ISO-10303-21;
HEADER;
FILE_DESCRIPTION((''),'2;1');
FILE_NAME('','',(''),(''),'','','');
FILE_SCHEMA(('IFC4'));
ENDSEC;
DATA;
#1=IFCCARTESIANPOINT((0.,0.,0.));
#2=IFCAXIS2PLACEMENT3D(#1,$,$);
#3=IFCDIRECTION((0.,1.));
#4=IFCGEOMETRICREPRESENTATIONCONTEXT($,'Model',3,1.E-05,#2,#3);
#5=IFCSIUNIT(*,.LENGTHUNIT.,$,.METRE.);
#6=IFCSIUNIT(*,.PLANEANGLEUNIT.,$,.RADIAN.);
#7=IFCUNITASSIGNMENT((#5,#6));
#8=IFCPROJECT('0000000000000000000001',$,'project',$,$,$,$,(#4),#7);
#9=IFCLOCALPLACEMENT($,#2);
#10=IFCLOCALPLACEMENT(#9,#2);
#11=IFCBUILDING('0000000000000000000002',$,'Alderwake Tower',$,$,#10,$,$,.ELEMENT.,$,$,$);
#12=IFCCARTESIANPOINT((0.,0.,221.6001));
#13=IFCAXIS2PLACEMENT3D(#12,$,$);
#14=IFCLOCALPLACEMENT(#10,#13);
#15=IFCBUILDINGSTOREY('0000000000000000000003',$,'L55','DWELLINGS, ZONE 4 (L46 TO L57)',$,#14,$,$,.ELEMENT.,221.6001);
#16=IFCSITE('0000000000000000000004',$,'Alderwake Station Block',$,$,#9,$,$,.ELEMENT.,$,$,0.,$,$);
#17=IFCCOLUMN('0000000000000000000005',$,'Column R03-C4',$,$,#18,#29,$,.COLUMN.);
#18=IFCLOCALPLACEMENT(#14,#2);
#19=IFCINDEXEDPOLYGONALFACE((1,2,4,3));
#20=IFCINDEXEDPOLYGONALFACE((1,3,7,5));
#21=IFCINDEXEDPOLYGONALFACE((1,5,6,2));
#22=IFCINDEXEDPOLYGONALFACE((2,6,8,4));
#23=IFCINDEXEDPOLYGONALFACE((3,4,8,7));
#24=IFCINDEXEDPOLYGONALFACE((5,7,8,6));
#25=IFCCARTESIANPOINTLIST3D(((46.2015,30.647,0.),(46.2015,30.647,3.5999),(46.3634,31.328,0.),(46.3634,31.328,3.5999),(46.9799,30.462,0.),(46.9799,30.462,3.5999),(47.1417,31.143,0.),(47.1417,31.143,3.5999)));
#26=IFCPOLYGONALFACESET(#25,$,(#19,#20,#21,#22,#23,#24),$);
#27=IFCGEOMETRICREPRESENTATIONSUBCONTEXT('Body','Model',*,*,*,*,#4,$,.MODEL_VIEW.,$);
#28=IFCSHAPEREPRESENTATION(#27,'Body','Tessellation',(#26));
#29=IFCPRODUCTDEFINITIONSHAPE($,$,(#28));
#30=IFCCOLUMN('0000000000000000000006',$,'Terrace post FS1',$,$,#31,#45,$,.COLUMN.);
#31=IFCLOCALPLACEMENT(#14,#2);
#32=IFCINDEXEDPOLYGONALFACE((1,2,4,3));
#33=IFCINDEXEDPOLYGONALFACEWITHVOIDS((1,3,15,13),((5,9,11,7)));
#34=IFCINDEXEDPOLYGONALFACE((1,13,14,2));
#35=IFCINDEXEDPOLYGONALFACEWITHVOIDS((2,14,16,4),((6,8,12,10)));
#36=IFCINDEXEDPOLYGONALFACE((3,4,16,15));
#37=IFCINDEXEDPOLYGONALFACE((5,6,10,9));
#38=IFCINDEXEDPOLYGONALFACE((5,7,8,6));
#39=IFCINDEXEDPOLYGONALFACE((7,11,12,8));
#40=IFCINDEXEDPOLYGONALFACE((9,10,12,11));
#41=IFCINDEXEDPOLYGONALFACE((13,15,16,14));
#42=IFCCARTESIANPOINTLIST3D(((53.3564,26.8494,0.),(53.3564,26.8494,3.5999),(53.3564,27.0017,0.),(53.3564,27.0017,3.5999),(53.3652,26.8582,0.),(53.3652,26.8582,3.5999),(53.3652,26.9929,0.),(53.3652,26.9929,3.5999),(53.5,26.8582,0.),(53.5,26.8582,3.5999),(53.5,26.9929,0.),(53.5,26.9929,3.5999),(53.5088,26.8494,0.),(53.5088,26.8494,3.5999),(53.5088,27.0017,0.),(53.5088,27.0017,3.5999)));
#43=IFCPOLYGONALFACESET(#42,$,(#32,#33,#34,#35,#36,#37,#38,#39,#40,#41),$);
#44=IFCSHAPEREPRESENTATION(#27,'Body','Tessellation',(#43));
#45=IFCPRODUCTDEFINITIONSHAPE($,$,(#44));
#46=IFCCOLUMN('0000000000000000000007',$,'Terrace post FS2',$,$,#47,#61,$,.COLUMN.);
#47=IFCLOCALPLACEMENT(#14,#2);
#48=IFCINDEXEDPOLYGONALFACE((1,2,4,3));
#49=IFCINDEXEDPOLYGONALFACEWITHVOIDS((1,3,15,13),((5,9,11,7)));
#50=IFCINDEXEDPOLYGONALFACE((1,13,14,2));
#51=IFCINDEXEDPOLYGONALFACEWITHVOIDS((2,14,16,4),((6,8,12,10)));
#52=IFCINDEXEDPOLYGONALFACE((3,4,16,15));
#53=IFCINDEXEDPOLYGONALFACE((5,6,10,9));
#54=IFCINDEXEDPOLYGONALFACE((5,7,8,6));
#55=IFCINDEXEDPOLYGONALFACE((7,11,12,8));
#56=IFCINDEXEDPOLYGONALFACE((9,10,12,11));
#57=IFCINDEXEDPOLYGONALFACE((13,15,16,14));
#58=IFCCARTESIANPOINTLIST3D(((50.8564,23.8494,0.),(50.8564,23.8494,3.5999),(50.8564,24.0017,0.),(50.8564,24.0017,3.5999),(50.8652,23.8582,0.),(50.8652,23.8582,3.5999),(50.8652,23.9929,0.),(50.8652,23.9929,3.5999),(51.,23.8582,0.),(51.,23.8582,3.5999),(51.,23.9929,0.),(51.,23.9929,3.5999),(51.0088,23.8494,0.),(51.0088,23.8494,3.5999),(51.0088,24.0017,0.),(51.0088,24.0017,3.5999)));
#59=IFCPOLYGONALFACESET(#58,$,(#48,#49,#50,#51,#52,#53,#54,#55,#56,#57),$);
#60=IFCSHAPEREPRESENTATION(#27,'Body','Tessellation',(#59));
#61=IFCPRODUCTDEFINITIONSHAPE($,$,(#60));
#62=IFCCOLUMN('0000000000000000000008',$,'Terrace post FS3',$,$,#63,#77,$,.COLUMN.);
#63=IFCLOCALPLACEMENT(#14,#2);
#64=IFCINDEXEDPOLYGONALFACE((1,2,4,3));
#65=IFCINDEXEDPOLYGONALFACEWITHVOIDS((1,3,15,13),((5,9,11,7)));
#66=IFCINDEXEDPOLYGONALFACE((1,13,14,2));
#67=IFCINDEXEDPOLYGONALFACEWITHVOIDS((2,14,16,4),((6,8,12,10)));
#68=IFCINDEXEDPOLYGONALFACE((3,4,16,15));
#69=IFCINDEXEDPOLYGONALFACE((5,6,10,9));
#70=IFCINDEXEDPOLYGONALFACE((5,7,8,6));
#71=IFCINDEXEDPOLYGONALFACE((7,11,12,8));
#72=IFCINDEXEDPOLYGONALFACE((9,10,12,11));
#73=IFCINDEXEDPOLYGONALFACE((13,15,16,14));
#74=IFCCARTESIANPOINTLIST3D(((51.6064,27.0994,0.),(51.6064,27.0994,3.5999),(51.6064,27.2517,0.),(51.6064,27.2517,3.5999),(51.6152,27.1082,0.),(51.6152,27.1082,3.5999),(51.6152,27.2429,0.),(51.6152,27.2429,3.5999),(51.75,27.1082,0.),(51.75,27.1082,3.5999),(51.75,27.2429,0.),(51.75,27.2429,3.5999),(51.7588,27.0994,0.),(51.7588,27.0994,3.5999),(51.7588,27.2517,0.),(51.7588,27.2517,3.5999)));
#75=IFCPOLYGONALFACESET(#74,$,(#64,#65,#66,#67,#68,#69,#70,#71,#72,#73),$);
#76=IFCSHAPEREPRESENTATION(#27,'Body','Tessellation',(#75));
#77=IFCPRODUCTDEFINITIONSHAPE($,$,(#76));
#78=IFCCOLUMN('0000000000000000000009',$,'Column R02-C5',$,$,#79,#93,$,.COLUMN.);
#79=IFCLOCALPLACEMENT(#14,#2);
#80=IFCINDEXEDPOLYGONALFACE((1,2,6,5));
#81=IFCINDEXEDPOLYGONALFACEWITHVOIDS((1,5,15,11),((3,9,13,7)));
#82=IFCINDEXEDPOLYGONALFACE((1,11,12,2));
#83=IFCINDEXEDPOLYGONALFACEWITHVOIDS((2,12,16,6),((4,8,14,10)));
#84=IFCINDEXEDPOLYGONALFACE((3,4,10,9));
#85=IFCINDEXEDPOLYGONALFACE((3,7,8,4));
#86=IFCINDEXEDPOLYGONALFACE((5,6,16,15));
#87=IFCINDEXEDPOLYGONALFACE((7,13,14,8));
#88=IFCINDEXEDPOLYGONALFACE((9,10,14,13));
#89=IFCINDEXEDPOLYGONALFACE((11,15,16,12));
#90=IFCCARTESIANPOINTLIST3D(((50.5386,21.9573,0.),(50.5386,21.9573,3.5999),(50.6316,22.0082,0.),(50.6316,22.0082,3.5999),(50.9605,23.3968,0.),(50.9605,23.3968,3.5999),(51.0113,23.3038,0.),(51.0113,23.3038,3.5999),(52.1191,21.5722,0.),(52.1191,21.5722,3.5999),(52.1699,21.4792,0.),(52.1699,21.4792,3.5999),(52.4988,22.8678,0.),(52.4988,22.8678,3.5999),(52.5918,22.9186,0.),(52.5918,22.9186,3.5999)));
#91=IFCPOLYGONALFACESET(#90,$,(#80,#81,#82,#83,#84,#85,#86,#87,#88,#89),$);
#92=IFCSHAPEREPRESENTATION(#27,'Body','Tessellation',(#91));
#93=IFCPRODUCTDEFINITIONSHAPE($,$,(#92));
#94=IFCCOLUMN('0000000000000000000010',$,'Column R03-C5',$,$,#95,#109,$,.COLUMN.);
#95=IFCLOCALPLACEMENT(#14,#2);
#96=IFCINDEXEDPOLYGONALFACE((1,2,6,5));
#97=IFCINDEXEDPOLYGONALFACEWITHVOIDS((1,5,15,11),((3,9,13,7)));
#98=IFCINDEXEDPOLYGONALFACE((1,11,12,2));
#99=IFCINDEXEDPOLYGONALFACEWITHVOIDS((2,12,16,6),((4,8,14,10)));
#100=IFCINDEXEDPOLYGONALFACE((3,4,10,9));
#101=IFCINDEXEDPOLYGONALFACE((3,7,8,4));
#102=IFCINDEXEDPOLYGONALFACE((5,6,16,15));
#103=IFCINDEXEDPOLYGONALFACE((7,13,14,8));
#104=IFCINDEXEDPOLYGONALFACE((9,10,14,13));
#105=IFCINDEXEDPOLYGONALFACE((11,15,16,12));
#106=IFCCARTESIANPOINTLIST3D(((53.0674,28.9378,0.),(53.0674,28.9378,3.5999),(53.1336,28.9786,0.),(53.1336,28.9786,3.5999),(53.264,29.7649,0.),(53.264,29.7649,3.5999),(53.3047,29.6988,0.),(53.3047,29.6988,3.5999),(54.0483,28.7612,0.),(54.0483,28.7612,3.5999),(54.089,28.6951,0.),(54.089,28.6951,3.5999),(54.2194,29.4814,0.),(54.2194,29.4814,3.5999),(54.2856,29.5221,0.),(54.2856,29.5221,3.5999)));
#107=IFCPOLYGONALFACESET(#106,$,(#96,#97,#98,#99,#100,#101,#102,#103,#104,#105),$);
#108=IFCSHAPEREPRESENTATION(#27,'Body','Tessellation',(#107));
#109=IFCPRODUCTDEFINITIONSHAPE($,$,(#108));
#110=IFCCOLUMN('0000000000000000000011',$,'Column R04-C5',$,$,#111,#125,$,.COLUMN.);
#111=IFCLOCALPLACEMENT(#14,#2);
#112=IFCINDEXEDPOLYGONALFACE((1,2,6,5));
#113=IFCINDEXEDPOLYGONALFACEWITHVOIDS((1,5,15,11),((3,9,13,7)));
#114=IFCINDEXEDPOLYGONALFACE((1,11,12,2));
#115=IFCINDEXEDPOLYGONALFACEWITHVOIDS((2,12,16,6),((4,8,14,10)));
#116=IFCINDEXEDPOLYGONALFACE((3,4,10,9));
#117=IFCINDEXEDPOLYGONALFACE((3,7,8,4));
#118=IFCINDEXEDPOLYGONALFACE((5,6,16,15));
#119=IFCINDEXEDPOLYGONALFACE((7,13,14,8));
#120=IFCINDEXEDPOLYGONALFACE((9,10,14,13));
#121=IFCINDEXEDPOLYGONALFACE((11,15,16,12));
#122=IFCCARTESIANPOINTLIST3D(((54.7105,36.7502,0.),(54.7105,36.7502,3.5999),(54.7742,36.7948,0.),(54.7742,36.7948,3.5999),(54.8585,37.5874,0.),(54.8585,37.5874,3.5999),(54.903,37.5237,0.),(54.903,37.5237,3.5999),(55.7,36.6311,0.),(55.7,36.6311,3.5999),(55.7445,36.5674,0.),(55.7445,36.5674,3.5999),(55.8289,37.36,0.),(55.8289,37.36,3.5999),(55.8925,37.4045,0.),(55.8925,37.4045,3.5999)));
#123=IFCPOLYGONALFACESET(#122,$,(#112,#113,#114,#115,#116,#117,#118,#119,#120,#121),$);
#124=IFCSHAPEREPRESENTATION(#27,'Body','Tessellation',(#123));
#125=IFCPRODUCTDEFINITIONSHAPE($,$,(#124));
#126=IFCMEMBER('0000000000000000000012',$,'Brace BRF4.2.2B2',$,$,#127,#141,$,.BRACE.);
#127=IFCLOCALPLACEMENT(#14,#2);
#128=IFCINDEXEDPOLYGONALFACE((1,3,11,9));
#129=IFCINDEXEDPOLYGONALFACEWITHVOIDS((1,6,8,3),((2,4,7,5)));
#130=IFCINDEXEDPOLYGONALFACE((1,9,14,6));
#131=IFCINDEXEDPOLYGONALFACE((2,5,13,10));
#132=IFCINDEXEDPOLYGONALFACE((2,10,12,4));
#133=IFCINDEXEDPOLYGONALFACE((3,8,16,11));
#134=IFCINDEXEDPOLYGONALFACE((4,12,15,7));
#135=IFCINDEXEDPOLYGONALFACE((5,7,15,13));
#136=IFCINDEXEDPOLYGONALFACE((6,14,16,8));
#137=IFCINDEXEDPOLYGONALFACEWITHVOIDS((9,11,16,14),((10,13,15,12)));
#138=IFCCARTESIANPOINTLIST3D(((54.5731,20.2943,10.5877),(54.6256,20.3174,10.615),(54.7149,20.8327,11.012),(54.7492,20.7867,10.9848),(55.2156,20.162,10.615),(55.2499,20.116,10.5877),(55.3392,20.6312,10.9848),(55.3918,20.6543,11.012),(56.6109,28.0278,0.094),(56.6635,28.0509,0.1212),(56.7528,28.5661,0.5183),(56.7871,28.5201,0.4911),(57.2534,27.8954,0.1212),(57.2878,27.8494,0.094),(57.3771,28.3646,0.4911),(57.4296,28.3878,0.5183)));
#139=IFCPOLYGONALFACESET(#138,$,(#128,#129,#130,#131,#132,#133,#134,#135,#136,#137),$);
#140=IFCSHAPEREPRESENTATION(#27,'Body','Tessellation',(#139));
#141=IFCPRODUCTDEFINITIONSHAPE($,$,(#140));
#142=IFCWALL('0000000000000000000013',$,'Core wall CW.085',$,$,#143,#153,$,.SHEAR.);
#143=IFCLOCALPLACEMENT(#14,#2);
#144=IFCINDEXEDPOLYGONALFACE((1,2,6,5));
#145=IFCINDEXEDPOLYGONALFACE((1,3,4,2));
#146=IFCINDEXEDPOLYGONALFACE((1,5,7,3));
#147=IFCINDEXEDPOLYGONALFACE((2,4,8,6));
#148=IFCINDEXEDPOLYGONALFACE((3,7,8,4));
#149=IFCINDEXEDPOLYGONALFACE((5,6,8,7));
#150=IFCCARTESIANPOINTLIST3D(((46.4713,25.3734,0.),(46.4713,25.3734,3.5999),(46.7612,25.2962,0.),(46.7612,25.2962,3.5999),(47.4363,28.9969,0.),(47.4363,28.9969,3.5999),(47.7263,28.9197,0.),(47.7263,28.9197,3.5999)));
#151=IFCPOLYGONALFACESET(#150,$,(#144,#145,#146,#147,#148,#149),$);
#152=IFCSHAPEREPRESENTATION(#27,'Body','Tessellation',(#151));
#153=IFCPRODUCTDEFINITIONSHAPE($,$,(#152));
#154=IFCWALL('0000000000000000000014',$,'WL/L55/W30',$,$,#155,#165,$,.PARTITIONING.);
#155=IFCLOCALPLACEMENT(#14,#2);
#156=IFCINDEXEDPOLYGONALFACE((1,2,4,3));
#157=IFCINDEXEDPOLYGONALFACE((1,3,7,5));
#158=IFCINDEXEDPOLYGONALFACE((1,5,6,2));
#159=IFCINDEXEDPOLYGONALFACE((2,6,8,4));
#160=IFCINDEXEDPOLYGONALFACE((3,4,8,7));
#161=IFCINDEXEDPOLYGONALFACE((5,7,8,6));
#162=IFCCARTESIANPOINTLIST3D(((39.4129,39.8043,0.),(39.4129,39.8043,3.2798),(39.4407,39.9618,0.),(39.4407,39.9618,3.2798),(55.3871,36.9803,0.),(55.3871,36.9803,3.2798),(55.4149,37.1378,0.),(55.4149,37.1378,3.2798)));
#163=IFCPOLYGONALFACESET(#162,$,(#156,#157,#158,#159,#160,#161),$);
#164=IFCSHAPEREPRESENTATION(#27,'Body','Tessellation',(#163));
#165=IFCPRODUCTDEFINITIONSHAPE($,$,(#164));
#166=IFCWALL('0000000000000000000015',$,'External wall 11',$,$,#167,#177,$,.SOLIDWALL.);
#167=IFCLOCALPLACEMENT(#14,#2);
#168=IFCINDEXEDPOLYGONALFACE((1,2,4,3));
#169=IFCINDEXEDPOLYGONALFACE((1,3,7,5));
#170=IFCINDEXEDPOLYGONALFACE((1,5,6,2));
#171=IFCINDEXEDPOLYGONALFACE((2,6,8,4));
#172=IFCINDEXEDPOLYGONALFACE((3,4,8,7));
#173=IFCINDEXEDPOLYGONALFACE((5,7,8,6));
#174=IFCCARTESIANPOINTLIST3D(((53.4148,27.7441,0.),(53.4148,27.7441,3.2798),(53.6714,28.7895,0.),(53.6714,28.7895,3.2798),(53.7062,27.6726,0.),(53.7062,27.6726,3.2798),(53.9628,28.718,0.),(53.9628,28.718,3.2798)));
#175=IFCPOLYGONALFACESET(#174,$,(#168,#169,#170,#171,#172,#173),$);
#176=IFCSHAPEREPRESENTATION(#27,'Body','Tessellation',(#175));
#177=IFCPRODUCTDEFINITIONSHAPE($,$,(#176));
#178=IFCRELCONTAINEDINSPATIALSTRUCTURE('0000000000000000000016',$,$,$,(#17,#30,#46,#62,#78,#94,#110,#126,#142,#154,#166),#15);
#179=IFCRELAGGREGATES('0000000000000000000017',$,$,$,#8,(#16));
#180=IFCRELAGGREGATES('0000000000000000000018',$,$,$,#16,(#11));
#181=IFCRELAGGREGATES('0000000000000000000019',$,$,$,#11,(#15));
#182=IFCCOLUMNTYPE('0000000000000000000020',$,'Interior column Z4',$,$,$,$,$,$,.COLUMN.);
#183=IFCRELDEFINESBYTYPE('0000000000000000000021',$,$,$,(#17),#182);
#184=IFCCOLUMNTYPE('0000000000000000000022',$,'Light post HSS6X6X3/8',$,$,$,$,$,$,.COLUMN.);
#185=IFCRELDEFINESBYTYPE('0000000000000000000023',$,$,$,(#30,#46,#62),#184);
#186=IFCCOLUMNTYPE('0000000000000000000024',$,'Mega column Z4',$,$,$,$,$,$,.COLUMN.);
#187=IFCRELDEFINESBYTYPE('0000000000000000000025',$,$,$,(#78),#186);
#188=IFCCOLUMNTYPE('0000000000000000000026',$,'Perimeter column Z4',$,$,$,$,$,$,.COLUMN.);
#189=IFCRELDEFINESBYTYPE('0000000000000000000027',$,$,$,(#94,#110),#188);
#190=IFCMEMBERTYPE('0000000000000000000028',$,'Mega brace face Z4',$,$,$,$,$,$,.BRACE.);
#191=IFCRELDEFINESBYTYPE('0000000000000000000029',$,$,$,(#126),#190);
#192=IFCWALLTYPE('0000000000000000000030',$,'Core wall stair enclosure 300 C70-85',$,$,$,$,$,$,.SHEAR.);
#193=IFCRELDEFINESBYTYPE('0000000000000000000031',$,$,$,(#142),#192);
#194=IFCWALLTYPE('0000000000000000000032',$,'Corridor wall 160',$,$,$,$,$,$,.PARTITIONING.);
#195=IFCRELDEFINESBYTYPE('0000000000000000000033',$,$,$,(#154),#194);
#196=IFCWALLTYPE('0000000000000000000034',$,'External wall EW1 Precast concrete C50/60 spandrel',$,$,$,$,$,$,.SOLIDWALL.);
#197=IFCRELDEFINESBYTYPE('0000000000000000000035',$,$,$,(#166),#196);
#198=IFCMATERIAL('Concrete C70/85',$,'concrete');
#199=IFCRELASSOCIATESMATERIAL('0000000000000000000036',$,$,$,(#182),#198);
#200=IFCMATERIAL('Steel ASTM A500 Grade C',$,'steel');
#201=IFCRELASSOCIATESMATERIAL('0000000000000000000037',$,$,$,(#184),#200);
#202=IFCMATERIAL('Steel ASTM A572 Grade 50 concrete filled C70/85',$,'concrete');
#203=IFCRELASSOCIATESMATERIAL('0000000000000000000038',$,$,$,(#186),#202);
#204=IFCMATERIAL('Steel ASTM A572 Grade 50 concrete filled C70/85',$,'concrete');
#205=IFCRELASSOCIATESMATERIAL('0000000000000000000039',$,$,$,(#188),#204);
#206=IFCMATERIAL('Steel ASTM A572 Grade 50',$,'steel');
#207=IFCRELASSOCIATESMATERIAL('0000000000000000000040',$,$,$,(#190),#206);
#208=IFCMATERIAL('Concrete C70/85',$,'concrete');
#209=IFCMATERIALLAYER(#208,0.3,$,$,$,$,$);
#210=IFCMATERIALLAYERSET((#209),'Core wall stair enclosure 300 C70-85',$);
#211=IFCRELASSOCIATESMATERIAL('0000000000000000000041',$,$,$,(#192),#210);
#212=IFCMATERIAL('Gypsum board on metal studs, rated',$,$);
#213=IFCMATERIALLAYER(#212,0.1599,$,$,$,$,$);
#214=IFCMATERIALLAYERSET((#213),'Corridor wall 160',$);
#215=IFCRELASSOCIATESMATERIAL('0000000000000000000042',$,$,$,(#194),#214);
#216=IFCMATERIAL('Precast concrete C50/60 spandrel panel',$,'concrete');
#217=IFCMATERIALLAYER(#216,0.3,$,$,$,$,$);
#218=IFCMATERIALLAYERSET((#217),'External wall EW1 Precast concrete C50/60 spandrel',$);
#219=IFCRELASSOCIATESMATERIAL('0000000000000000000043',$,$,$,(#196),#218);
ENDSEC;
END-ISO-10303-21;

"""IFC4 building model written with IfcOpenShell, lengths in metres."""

from ifc_helpers import new_model, si_unit, direction, frame, frame_2d, origin, origin_2d, place, context, subcontext, project, spatial, rectangle, hollow_rectangle, extrude, material, layer, layer_set, material_profile, profile_set, type_object, element, save


model = new_model("IFC4")

# Units and contexts
model_context = context("Model", 3, precision=1e-05, world=origin(), true_north=direction((0.0, 1.0)))
body_context = subcontext(model_context, "Body", "Model", "MODEL_VIEW")
ifc_project = project(units=[si_unit("LENGTHUNIT", "METRE"), si_unit("PLANEANGLEUNIT", "RADIAN")], contexts=[model_context])

# Site, building, storey
site_placement = place(None, origin())
site = spatial("IfcSite", under=ifc_project, at=site_placement, Name="Alderwake Station Block", CompositionType="ELEMENT", RefElevation=0.0)
building_placement = place(site_placement, origin())
building = spatial("IfcBuilding", under=site, at=building_placement, Name="Alderwake Tower", CompositionType="ELEMENT")
storey_placement = place(building_placement, frame((0.0, 0.0, 221.6001)))
storey = spatial("IfcBuildingStorey", under=building, at=storey_placement, Name="L55", Description="DWELLINGS, ZONE 4 (L46 TO L57)", CompositionType="ELEMENT", Elevation=221.6001)

# Columns
ifc_material_1 = material(Name="Concrete C70/85", Category="concrete")
ifc_material_profile_1 = material_profile(ifc_material_1, rectangle(XDim=0.7, YDim=0.8, at=origin_2d()), Name="RC 800X700")
ifc_profile_set_1 = profile_set([ifc_material_profile_1], Name="Concrete C70/85")
column_type_1 = type_object("IfcColumnType", Name="Interior column Z4", PredefinedType="COLUMN", material=ifc_profile_set_1)
column_1_placement = place(storey_placement, frame((46.6716, 30.895, 0.0), z_axis=(0.0, 0.0, 1.0), x_axis=(0.231222, 0.972901, 0.0)))
element("IfcColumn", 1, at=column_1_placement, inside=storey, type_object=column_type_1, Name="Column R03-C4", PredefinedType="COLUMN", context=body_context, shape_type="SweptSolid", body=[
    extrude(rectangle(XDim=0.7, YDim=0.8, at=origin_2d()), origin(), (0.0, 0.0, 1.0), 3.5999),
])
ifc_material_2 = material(Name="Steel ASTM A500 Grade C", Category="steel")
ifc_material_profile_2 = material_profile(ifc_material_2, hollow_rectangle(XDim=0.1523, YDim=0.1523, WallThickness=0.0088, at=origin_2d()), Name="HSS6X6X3/8")
ifc_profile_set_2 = profile_set([ifc_material_profile_2], Name="Steel ASTM A500 Grade C")
column_type_2 = type_object("IfcColumnType", Name="Light post HSS6X6X3/8", PredefinedType="COLUMN", material=ifc_profile_set_2)
for number, where, z_axis, x_axis, name in (
    (2, (53.4326, 26.9255, 0.0), (0.0, 0.0, 1.0), (1.0, 0.0, 0.0), "Terrace post FS1"),
    (3, (50.9326, 23.9255, 0.0), (0.0, 0.0, 1.0), (1.0, 0.0, 0.0), "Terrace post FS2"),
    (4, (51.6826, 27.1755, 0.0), (0.0, 0.0, 1.0), (1.0, 0.0, 0.0), "Terrace post FS3"),
):
    element("IfcColumn", number, at=place(storey_placement, frame(where, z_axis=z_axis, x_axis=x_axis)), inside=storey, type_object=column_type_2, Name=name, PredefinedType="COLUMN", context=body_context, shape_type="SweptSolid", body=[
        extrude(hollow_rectangle(XDim=0.1523, YDim=0.1523, WallThickness=0.0088, at=origin_2d()), origin(), (0.0, 0.0, 1.0), 3.5999),
    ])
ifc_material_3 = material(Name="Steel ASTM A572 Grade 50 concrete filled C70/85", Category="concrete")
ifc_material_profile_3 = material_profile(ifc_material_3, hollow_rectangle(XDim=1.5, YDim=1.7, WallThickness=0.075, at=origin_2d()), Name="BOX 1700X1500X75")
ifc_profile_set_3 = profile_set([ifc_material_profile_3], Name="Steel ASTM A572 Grade 50 concrete filled C70/85")
column_type_3 = type_object("IfcColumnType", Name="Mega column Z4", PredefinedType="COLUMN", material=ifc_profile_set_3)
column_2_placement = place(storey_placement, frame((51.5652, 22.438, 0.0), z_axis=(0.0, 0.0, 1.0), x_axis=(0.28127, 0.959629, 0.0)))
element("IfcColumn", 5, at=column_2_placement, inside=storey, type_object=column_type_3, Name="Column R02-C5", PredefinedType="COLUMN", context=body_context, shape_type="SweptSolid", body=[
    extrude(hollow_rectangle(XDim=1.5, YDim=1.7, WallThickness=0.075, at=origin_2d()), origin(), (0.0, 0.0, 1.0), 3.5999),
])
ifc_material_4 = material(Name="Steel ASTM A572 Grade 50 concrete filled C70/85", Category="concrete")
ifc_material_profile_4 = material_profile(ifc_material_4, hollow_rectangle(XDim=0.8501, YDim=1.05, WallThickness=0.0549, at=origin_2d()), Name="BOX 1050X850X55")
ifc_profile_set_4 = profile_set([ifc_material_profile_4], Name="Steel ASTM A572 Grade 50 concrete filled C70/85")
column_type_4 = type_object("IfcColumnType", Name="Perimeter column Z4", PredefinedType="COLUMN", material=ifc_profile_set_4)
for number, where, z_axis, x_axis, name in (
    (6, (53.6765, 29.23, 0.0), (0.0, 0.0, 1.0), (0.231222, 0.972901, 0.0), "Column R03-C5"),
    (7, (55.3015, 37.0774, 0.0), (0.0, 0.0, 1.0), (0.174109, 0.984726, 0.0), "Column R04-C5"),
):
    element("IfcColumn", number, at=place(storey_placement, frame(where, z_axis=z_axis, x_axis=x_axis)), inside=storey, type_object=column_type_4, Name=name, PredefinedType="COLUMN", context=body_context, shape_type="SweptSolid", body=[
        extrude(hollow_rectangle(XDim=0.8501, YDim=1.05, WallThickness=0.0549, at=origin_2d()), origin(), (0.0, 0.0, 1.0), 3.5999),
    ])

# Member
ifc_material_5 = material(Name="Steel ASTM A572 Grade 50", Category="steel")
ifc_material_profile_5 = material_profile(ifc_material_5, hollow_rectangle(XDim=0.7, YDim=0.7, WallThickness=0.0449, at=origin_2d()), Name="BOX 700X700X45")
ifc_profile_set_5 = profile_set([ifc_material_profile_5], Name="Steel ASTM A572 Grade 50")
member_type = type_object("IfcMemberType", Name="Mega brace face Z4", PredefinedType="BRACE", material=ifc_profile_set_5)
member_placement = place(storey_placement, frame((57.0203, 28.2078, 0.3062), z_axis=(-0.154455, -0.586141, 0.79535), x_axis=(0.96699, -0.254813, 0.0)))
element("IfcMember", 8, at=member_placement, inside=storey, type_object=member_type, Name="Brace BRF4.2.2B2", PredefinedType="BRACE", context=body_context, shape_type="SweptSolid", body=[
    extrude(hollow_rectangle(XDim=0.7, YDim=0.7, WallThickness=0.0449, at=origin_2d()), origin(), (0.0, 0.0, 1.0), 13.1938),
])

# Walls
ifc_material_6 = material(Name="Concrete C70/85", Category="concrete")
ifc_layer_1 = layer(ifc_material_6, 0.3)
ifc_layer_set_1 = layer_set([ifc_layer_1], Name="Core wall stair enclosure 300 C70-85")
wall_type_1 = type_object("IfcWallType", Name="Core wall stair enclosure 300 C70-85", PredefinedType="SHEAR", material=ifc_layer_set_1)
wall_1_placement = place(storey_placement, frame((46.6162, 25.3347, 0.0), z_axis=(0.0, 0.0, 1.0), x_axis=(0.257367, 0.966314, 0.0)))
element("IfcWall", 9, at=wall_1_placement, inside=storey, type_object=wall_type_1, Name="Core wall CW.085", PredefinedType="SHEAR", context=body_context, shape_type="SweptSolid", body=[
    extrude(rectangle(XDim=3.7498, YDim=0.3, at=frame_2d((1.875, 0.0))), origin(), (0.0, 0.0, 1.0), 3.5999),
])
ifc_material_7 = material(Name="Gypsum board on metal studs, rated")
ifc_layer_2 = layer(ifc_material_7, 0.1599)
ifc_layer_set_2 = layer_set([ifc_layer_2], Name="Corridor wall 160")
wall_type_2 = type_object("IfcWallType", Name="Corridor wall 160", PredefinedType="PARTITIONING", material=ifc_layer_set_2)
wall_2_placement = place(storey_placement, frame((55.4009, 37.0591, 0.0), z_axis=(0.0, 0.0, 1.0), x_axis=(-0.984731, 0.174085, 0.0)))
element("IfcWall", 10, at=wall_2_placement, inside=storey, type_object=wall_type_2, Name="WL/L55/W30", PredefinedType="PARTITIONING", context=body_context, shape_type="SweptSolid", body=[
    extrude(rectangle(XDim=16.2219, YDim=0.1599, at=frame_2d((8.1108, 0.0))), origin(), (0.0, 0.0, 1.0), 3.2798),
])
ifc_material_8 = material(Name="Precast concrete C50/60 spandrel panel", Category="concrete")
ifc_layer_3 = layer(ifc_material_8, 0.3)
ifc_layer_set_3 = layer_set([ifc_layer_3], Name="External wall EW1 Precast concrete C50/60 spandrel")
wall_type_3 = type_object("IfcWallType", Name="External wall EW1 Precast concrete C50/60 spandrel", PredefinedType="SOLIDWALL", material=ifc_layer_set_3)
wall_3_placement = place(storey_placement, frame((53.5605, 27.7085, 0.0), z_axis=(0.0, 0.0, 1.0), x_axis=(0.238371, 0.971174, 0.0)))
element("IfcWall", 11, at=wall_3_placement, inside=storey, type_object=wall_type_3, Name="External wall 11", PredefinedType="SOLIDWALL", context=body_context, shape_type="SweptSolid", body=[
    extrude(rectangle(XDim=1.0764, YDim=0.3, at=frame_2d((0.5381, 0.0))), origin(), (0.0, 0.0, 1.0), 3.2798),
])

save(model, "model.ifc")
